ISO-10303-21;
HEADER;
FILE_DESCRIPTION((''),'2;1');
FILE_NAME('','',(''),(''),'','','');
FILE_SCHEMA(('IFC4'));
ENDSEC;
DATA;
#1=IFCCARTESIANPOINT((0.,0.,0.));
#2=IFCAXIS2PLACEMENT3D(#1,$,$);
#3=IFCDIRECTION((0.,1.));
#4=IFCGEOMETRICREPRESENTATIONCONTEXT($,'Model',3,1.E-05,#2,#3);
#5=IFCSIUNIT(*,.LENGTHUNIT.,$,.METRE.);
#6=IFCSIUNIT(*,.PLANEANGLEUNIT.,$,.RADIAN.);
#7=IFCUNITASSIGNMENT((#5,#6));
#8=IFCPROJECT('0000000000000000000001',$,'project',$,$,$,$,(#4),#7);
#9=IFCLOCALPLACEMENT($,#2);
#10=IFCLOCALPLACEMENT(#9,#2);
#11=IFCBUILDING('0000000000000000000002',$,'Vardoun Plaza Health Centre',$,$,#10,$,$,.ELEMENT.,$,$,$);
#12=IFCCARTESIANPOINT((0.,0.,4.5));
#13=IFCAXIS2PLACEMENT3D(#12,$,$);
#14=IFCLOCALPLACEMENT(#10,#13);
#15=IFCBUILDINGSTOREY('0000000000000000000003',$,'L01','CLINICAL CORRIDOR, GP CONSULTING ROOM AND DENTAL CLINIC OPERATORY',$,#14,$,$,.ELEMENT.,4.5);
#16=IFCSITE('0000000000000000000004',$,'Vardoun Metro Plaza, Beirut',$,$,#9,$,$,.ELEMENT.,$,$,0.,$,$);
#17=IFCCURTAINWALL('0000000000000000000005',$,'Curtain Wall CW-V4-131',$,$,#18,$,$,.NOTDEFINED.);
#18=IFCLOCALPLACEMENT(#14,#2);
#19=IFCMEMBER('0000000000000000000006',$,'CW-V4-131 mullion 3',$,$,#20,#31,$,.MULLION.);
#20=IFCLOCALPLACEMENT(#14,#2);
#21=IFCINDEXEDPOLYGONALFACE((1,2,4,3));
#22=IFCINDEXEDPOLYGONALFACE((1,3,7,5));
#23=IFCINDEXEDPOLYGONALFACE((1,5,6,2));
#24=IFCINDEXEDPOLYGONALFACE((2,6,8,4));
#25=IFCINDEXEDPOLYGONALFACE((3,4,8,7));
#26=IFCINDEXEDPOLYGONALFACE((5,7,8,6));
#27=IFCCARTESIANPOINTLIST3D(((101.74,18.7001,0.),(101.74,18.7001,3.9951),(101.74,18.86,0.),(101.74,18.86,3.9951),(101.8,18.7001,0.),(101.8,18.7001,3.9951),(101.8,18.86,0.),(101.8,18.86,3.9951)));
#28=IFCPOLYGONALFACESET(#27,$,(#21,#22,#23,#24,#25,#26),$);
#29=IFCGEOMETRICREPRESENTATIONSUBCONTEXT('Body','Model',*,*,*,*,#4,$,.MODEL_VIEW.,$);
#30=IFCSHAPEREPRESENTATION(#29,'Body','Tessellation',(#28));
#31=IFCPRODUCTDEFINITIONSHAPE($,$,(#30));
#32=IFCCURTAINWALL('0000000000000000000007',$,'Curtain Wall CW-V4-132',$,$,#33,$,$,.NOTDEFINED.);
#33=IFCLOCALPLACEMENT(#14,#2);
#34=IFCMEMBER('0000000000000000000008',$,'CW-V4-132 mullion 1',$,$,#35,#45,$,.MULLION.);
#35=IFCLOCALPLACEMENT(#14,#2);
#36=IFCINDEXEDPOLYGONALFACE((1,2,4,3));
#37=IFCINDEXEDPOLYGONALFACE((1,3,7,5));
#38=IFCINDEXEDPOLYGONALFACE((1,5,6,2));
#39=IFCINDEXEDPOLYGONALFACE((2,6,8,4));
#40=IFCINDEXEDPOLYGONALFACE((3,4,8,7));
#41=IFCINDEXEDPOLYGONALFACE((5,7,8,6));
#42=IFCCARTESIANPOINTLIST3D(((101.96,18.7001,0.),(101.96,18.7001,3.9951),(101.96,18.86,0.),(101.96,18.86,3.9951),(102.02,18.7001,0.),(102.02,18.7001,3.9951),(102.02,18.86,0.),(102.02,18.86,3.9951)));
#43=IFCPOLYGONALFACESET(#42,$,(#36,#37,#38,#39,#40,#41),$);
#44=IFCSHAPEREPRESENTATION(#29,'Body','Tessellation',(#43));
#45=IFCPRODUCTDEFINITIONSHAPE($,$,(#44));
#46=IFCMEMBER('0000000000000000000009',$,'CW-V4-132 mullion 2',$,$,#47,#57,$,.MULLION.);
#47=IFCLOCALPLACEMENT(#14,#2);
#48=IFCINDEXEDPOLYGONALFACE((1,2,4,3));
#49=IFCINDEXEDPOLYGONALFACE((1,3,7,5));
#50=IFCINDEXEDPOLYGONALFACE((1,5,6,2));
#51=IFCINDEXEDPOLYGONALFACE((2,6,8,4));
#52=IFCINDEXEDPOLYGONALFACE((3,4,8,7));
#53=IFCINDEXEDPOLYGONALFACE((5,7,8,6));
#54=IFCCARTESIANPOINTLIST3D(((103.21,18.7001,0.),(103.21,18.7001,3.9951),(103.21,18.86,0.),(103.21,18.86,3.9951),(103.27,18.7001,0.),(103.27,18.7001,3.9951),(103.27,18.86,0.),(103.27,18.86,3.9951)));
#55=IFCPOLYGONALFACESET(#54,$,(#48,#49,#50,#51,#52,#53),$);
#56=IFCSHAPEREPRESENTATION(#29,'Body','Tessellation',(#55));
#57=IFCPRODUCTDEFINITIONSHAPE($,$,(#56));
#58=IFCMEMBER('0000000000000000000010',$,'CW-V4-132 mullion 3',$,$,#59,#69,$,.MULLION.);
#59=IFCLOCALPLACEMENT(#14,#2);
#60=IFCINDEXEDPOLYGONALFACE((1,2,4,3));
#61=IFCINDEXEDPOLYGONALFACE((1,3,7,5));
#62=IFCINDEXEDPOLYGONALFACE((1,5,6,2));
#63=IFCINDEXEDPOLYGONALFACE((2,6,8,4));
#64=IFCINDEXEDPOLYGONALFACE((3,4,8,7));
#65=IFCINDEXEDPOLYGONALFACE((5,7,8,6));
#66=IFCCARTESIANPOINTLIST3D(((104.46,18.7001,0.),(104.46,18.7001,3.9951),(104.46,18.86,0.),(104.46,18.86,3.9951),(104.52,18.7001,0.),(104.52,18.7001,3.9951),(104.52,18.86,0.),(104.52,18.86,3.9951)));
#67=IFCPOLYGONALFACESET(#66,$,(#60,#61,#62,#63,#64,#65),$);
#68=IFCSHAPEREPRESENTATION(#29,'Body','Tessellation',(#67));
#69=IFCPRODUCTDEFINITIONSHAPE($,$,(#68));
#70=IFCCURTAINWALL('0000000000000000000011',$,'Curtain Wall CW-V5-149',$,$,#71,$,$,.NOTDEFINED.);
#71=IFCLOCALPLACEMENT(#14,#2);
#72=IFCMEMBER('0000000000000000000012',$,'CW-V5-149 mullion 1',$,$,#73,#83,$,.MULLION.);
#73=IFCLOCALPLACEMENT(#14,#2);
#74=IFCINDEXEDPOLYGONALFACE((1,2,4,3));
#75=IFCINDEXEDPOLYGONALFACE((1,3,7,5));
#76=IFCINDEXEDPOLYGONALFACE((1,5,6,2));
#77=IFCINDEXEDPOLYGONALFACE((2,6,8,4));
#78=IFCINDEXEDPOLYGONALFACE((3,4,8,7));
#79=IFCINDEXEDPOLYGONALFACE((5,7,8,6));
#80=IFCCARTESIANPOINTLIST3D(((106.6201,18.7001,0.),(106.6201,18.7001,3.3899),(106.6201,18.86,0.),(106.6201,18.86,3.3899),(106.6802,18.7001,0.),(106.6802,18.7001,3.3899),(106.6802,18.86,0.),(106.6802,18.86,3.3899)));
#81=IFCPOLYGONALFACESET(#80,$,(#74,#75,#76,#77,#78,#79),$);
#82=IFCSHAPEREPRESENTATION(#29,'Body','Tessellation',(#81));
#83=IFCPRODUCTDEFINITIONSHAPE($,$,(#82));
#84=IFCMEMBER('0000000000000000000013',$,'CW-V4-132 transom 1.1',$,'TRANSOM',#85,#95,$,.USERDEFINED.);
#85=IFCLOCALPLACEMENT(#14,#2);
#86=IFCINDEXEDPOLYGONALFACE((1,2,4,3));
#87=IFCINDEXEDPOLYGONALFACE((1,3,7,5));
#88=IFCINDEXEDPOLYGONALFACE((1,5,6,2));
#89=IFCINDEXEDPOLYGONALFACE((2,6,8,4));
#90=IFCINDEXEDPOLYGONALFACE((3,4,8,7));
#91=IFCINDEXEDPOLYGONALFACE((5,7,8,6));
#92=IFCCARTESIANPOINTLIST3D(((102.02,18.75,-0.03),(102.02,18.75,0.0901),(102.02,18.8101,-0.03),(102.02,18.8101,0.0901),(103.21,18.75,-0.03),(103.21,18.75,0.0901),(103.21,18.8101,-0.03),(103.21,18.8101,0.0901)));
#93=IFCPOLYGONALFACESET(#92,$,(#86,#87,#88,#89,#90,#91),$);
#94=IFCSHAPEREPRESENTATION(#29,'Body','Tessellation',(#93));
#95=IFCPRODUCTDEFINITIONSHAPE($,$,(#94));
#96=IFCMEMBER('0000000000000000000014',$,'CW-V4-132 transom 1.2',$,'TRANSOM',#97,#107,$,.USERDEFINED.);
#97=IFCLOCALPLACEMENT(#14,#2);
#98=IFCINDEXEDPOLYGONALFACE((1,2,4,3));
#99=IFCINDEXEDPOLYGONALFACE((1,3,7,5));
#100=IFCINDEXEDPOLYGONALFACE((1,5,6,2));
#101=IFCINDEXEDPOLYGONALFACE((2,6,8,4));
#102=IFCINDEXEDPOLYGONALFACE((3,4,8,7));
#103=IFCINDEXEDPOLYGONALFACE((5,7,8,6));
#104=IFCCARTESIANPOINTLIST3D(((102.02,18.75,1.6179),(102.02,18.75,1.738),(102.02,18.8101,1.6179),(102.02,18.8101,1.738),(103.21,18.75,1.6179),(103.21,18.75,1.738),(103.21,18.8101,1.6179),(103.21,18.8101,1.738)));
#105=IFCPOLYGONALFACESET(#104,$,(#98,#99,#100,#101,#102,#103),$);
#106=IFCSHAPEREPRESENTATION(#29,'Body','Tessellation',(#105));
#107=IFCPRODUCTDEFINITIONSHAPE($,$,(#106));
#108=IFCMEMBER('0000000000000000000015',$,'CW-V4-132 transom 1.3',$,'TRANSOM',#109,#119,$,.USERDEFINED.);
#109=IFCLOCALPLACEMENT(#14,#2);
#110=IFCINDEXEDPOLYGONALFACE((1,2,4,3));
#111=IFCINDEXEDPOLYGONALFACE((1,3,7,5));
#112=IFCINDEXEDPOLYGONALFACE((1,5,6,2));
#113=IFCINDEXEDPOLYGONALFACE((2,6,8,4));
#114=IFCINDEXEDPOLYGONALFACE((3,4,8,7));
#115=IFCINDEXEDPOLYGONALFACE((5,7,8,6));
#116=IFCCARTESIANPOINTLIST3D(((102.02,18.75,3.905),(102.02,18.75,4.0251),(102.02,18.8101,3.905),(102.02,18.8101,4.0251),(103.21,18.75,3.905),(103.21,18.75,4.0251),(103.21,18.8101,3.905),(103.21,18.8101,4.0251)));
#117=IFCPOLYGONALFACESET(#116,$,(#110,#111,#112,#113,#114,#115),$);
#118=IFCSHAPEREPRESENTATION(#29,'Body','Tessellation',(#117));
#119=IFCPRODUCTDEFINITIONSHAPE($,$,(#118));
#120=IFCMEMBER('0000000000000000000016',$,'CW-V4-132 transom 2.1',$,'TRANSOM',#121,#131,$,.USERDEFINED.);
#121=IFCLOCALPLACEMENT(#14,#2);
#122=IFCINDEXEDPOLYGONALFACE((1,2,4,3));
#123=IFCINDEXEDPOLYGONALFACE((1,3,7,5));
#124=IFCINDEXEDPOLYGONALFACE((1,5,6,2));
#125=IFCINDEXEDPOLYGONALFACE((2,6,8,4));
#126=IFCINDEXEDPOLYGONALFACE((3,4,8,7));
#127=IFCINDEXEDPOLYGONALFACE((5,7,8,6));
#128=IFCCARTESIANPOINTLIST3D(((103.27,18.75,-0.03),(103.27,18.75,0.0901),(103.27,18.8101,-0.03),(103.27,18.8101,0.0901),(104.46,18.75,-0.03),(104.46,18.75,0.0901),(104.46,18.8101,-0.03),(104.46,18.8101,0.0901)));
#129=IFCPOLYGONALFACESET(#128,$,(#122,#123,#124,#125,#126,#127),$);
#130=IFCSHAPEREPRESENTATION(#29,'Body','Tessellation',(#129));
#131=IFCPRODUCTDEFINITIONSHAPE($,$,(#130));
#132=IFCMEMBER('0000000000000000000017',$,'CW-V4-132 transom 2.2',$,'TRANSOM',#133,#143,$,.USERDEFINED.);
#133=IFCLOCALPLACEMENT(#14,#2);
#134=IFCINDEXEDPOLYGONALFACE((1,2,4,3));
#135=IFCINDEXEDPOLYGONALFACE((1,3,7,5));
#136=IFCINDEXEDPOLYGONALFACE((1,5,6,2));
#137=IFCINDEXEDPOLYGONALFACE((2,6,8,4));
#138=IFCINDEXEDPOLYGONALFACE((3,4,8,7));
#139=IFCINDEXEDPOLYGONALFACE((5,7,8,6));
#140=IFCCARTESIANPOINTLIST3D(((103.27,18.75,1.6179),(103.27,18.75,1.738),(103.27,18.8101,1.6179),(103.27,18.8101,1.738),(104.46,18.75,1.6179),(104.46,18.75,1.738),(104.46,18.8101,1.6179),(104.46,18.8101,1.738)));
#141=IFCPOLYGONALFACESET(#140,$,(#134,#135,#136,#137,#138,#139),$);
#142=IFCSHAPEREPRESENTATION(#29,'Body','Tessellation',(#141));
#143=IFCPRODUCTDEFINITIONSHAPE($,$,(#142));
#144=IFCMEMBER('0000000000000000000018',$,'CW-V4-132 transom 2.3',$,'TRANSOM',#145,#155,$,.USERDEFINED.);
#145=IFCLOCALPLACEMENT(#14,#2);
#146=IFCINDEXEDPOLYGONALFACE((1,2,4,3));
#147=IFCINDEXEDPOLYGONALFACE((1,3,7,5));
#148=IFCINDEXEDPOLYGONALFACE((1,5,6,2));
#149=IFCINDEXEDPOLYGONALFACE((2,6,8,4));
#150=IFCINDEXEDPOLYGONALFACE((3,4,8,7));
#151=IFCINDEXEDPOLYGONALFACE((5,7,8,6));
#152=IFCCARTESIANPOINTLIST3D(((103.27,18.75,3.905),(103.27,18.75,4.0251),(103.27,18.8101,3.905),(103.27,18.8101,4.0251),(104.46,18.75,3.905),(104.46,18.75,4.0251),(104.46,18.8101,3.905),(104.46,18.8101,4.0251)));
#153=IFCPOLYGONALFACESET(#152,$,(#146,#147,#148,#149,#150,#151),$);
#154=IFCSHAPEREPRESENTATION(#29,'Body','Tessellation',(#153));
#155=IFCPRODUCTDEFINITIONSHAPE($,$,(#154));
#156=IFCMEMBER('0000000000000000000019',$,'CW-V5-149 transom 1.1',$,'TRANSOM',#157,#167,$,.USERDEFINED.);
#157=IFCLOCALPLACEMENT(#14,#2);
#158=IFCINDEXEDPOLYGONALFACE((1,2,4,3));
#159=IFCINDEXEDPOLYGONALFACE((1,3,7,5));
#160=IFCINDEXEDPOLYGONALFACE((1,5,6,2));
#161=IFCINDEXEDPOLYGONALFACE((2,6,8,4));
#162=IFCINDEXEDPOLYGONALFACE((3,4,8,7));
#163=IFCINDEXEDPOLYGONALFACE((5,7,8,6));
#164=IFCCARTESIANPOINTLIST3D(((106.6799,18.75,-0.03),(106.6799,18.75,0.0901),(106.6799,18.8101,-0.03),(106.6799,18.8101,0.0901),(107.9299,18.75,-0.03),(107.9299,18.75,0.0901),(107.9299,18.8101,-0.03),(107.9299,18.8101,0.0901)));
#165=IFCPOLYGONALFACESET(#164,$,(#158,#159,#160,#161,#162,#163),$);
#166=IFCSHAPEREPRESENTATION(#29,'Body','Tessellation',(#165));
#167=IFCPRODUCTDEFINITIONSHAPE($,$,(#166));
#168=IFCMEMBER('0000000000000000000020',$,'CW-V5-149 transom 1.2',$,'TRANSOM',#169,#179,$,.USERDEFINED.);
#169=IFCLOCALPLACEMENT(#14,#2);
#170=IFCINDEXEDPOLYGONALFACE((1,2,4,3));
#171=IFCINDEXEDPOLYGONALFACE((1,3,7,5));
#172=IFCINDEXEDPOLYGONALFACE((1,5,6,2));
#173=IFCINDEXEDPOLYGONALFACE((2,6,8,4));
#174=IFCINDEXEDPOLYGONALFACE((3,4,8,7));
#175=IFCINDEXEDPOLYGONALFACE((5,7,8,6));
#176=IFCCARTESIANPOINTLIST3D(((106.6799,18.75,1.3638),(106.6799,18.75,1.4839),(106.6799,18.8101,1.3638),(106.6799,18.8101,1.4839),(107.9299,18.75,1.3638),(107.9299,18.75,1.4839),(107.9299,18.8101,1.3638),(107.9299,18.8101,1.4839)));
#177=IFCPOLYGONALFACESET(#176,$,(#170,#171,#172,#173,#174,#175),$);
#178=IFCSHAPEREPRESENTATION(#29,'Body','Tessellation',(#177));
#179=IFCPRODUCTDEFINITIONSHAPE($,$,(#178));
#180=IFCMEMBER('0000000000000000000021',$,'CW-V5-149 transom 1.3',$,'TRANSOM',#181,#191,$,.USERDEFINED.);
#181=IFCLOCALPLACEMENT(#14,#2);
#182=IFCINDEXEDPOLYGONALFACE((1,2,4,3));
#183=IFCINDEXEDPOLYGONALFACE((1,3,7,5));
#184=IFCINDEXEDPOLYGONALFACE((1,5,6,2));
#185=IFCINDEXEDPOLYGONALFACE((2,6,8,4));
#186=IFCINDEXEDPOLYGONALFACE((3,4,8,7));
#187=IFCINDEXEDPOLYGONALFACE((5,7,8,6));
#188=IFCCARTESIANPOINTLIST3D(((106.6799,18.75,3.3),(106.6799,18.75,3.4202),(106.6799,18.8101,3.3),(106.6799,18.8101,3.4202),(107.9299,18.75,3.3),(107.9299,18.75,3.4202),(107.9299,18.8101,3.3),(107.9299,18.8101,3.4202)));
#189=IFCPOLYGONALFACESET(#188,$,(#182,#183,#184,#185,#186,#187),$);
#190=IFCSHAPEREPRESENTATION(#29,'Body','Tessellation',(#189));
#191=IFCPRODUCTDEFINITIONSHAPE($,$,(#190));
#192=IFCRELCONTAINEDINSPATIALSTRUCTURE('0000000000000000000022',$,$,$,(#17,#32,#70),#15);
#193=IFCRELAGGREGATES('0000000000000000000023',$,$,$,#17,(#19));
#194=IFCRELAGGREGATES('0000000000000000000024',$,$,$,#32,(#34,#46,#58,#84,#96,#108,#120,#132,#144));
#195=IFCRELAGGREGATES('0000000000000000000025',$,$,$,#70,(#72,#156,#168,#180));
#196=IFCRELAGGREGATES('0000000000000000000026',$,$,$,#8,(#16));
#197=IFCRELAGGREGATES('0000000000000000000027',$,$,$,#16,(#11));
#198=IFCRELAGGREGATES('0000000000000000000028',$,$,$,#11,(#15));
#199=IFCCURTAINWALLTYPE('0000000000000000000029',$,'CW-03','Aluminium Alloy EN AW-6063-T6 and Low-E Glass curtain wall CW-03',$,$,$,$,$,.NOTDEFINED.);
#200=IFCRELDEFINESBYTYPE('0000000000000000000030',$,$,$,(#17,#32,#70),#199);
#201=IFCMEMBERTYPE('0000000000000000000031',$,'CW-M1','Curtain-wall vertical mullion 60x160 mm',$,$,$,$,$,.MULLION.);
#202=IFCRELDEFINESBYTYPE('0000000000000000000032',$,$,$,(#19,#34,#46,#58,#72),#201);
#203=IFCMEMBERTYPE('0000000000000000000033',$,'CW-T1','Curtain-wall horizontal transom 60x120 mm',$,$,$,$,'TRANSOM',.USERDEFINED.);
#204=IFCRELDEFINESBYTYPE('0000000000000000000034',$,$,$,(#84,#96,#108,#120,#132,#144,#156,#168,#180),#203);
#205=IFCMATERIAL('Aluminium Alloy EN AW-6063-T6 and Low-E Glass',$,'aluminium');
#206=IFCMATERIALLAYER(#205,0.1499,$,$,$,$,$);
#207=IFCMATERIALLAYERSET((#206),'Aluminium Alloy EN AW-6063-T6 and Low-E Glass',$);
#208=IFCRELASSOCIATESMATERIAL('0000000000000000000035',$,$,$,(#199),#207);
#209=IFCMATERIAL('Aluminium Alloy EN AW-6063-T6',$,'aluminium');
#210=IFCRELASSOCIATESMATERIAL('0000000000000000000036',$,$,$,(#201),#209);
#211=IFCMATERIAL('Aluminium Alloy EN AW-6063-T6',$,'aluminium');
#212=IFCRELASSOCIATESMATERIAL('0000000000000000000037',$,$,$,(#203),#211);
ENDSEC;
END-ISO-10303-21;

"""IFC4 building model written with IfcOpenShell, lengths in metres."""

from ifc_helpers import new_model, si_unit, direction, frame, origin, origin_2d, place, context, subcontext, project, spatial, rectangle, extrude, material, layer, layer_set, material_profile, profile_set, type_object, element, aggregate, save


model = new_model("IFC4")

# Units and contexts
model_context = context("Model", 3, precision=1e-05, world=origin(), true_north=direction((0.0, 1.0)))
body_context = subcontext(model_context, "Body", "Model", "MODEL_VIEW")
ifc_project = project(units=[si_unit("LENGTHUNIT", "METRE"), si_unit("PLANEANGLEUNIT", "RADIAN")], contexts=[model_context])

# Site, building, storey
site_placement = place(None, origin())
site = spatial("IfcSite", under=ifc_project, at=site_placement, Name="Vardoun Metro Plaza, Beirut", CompositionType="ELEMENT", RefElevation=0.0)
building_placement = place(site_placement, origin())
building = spatial("IfcBuilding", under=site, at=building_placement, Name="Vardoun Plaza Health Centre", CompositionType="ELEMENT")
storey_placement = place(building_placement, frame((0.0, 0.0, 4.5)))
storey = spatial("IfcBuildingStorey", under=building, at=storey_placement, Name="L01", Description="CLINICAL CORRIDOR, GP CONSULTING ROOM AND DENTAL CLINIC OPERATORY", CompositionType="ELEMENT", Elevation=4.5)

# Curtain wall, member
ifc_material_1 = material(Name="Aluminium Alloy EN AW-6063-T6 and Low-E Glass", Category="aluminium")
ifc_layer_1 = layer(ifc_material_1, 0.1499)
ifc_layer_set_1 = layer_set([ifc_layer_1], Name="Aluminium Alloy EN AW-6063-T6 and Low-E Glass")
curtain_wall_type = type_object("IfcCurtainWallType", Name="CW-03", Description="Aluminium Alloy EN AW-6063-T6 and Low-E Glass curtain wall CW-03", PredefinedType="NOTDEFINED", material=ifc_layer_set_1)
curtain_wall_1_placement = place(storey_placement, origin())
curtain_wall_1 = element("IfcCurtainWall", 1, at=curtain_wall_1_placement, inside=storey, type_object=curtain_wall_type, Name="Curtain Wall CW-V4-131", PredefinedType="NOTDEFINED")
ifc_material_2 = material(Name="Aluminium Alloy EN AW-6063-T6", Category="aluminium")
ifc_material_profile_1 = material_profile(ifc_material_2, rectangle(XDim=0.1599, YDim=0.0601, at=origin_2d()), Name="CWM 60x160")
ifc_profile_set_1 = profile_set([ifc_material_profile_1], Name="Aluminium Alloy EN AW-6063-T6")
member_type_1 = type_object("IfcMemberType", Name="CW-M1", Description="Curtain-wall vertical mullion 60x160 mm", PredefinedType="MULLION", material=ifc_profile_set_1)
member_1_placement = place(storey_placement, frame((101.77, 18.78, 0.0), z_axis=(0.0, 0.0, 1.0), x_axis=(0.0, 1.0, 0.0)))
member_1 = element("IfcMember", 2, at=member_1_placement, type_object=member_type_1, Name="CW-V4-131 mullion 3", PredefinedType="MULLION", context=body_context, shape_type="SweptSolid", body=[
    extrude(rectangle(XDim=0.1599, YDim=0.0601, at=origin_2d()), origin(), (0.0, 0.0, 1.0), 3.9951),
])

# Curtain wall, members
curtain_wall_2_placement = place(storey_placement, origin())
curtain_wall_2 = element("IfcCurtainWall", 3, at=curtain_wall_2_placement, inside=storey, type_object=curtain_wall_type, Name="Curtain Wall CW-V4-132", PredefinedType="NOTDEFINED")
member_2_placement = place(storey_placement, frame((101.99, 18.78, 0.0), z_axis=(0.0, 0.0, 1.0), x_axis=(0.0, 1.0, 0.0)))
member_2 = element("IfcMember", 4, at=member_2_placement, type_object=member_type_1, Name="CW-V4-132 mullion 1", PredefinedType="MULLION", context=body_context, shape_type="SweptSolid", body=[
    extrude(rectangle(XDim=0.1599, YDim=0.0601, at=origin_2d()), origin(), (0.0, 0.0, 1.0), 3.9951),
])
member_3_placement = place(storey_placement, frame((103.24, 18.78, 0.0), z_axis=(0.0, 0.0, 1.0), x_axis=(0.0, 1.0, 0.0)))
member_3 = element("IfcMember", 5, at=member_3_placement, type_object=member_type_1, Name="CW-V4-132 mullion 2", PredefinedType="MULLION", context=body_context, shape_type="SweptSolid", body=[
    extrude(rectangle(XDim=0.1599, YDim=0.0601, at=origin_2d()), origin(), (0.0, 0.0, 1.0), 3.9951),
])
member_4_placement = place(storey_placement, frame((104.49, 18.78, 0.0), z_axis=(0.0, 0.0, 1.0), x_axis=(0.0, 1.0, 0.0)))
member_4 = element("IfcMember", 6, at=member_4_placement, type_object=member_type_1, Name="CW-V4-132 mullion 3", PredefinedType="MULLION", context=body_context, shape_type="SweptSolid", body=[
    extrude(rectangle(XDim=0.1599, YDim=0.0601, at=origin_2d()), origin(), (0.0, 0.0, 1.0), 3.9951),
])

# Curtain wall, member
curtain_wall_3_placement = place(storey_placement, origin())
curtain_wall_3 = element("IfcCurtainWall", 7, at=curtain_wall_3_placement, inside=storey, type_object=curtain_wall_type, Name="Curtain Wall CW-V5-149", PredefinedType="NOTDEFINED")
member_5_placement = place(storey_placement, frame((106.6501, 18.78, 0.0), z_axis=(0.0, 0.0, 1.0), x_axis=(0.0, 1.0, 0.0)))
member_5 = element("IfcMember", 8, at=member_5_placement, type_object=member_type_1, Name="CW-V5-149 mullion 1", PredefinedType="MULLION", context=body_context, shape_type="SweptSolid", body=[
    extrude(rectangle(XDim=0.1599, YDim=0.0601, at=origin_2d()), origin(), (0.0, 0.0, 1.0), 3.3899),
])

# Members
ifc_material_3 = material(Name="Aluminium Alloy EN AW-6063-T6", Category="aluminium")
ifc_material_profile_2 = material_profile(ifc_material_3, rectangle(XDim=0.0601, YDim=0.1201, at=origin_2d()), Name="CWT 60x120")
ifc_profile_set_2 = profile_set([ifc_material_profile_2], Name="Aluminium Alloy EN AW-6063-T6")
member_type_2 = type_object("IfcMemberType", Name="CW-T1", Description="Curtain-wall horizontal transom 60x120 mm", ElementType="TRANSOM", PredefinedType="USERDEFINED", material=ifc_profile_set_2)
member_6_placement = place(storey_placement, frame((102.02, 18.78, 0.03), z_axis=(1.0, 0.0, 0.0), x_axis=(0.0, 1.0, 0.0)))
member_6 = element("IfcMember", 9, at=member_6_placement, type_object=member_type_2, Name="CW-V4-132 transom 1.1", ObjectType="TRANSOM", PredefinedType="USERDEFINED", context=body_context, shape_type="SweptSolid", body=[
    extrude(rectangle(XDim=0.0601, YDim=0.1201, at=origin_2d()), origin(), (0.0, 0.0, 1.0), 1.1899),
])
member_7_placement = place(storey_placement, frame((102.02, 18.78, 1.678), z_axis=(1.0, 0.0, 0.0), x_axis=(0.0, 1.0, 0.0)))
member_7 = element("IfcMember", 10, at=member_7_placement, type_object=member_type_2, Name="CW-V4-132 transom 1.2", ObjectType="TRANSOM", PredefinedType="USERDEFINED", context=body_context, shape_type="SweptSolid", body=[
    extrude(rectangle(XDim=0.0601, YDim=0.1201, at=origin_2d()), origin(), (0.0, 0.0, 1.0), 1.1899),
])
member_8_placement = place(storey_placement, frame((102.02, 18.78, 3.9651), z_axis=(1.0, 0.0, 0.0), x_axis=(0.0, 1.0, 0.0)))
member_8 = element("IfcMember", 11, at=member_8_placement, type_object=member_type_2, Name="CW-V4-132 transom 1.3", ObjectType="TRANSOM", PredefinedType="USERDEFINED", context=body_context, shape_type="SweptSolid", body=[
    extrude(rectangle(XDim=0.0601, YDim=0.1201, at=origin_2d()), origin(), (0.0, 0.0, 1.0), 1.1899),
])
member_9_placement = place(storey_placement, frame((103.27, 18.78, 0.03), z_axis=(1.0, 0.0, 0.0), x_axis=(0.0, 1.0, 0.0)))
member_9 = element("IfcMember", 12, at=member_9_placement, type_object=member_type_2, Name="CW-V4-132 transom 2.1", ObjectType="TRANSOM", PredefinedType="USERDEFINED", context=body_context, shape_type="SweptSolid", body=[
    extrude(rectangle(XDim=0.0601, YDim=0.1201, at=origin_2d()), origin(), (0.0, 0.0, 1.0), 1.1899),
])
member_10_placement = place(storey_placement, frame((103.27, 18.78, 1.678), z_axis=(1.0, 0.0, 0.0), x_axis=(0.0, 1.0, 0.0)))
member_10 = element("IfcMember", 13, at=member_10_placement, type_object=member_type_2, Name="CW-V4-132 transom 2.2", ObjectType="TRANSOM", PredefinedType="USERDEFINED", context=body_context, shape_type="SweptSolid", body=[
    extrude(rectangle(XDim=0.0601, YDim=0.1201, at=origin_2d()), origin(), (0.0, 0.0, 1.0), 1.1899),
])
member_11_placement = place(storey_placement, frame((103.27, 18.78, 3.9651), z_axis=(1.0, 0.0, 0.0), x_axis=(0.0, 1.0, 0.0)))
member_11 = element("IfcMember", 14, at=member_11_placement, type_object=member_type_2, Name="CW-V4-132 transom 2.3", ObjectType="TRANSOM", PredefinedType="USERDEFINED", context=body_context, shape_type="SweptSolid", body=[
    extrude(rectangle(XDim=0.0601, YDim=0.1201, at=origin_2d()), origin(), (0.0, 0.0, 1.0), 1.1899),
])
member_12_placement = place(storey_placement, frame((106.6799, 18.78, 0.03), z_axis=(1.0, 0.0, 0.0), x_axis=(0.0, 1.0, 0.0)))
member_12 = element("IfcMember", 15, at=member_12_placement, type_object=member_type_2, Name="CW-V5-149 transom 1.1", ObjectType="TRANSOM", PredefinedType="USERDEFINED", context=body_context, shape_type="SweptSolid", body=[
    extrude(rectangle(XDim=0.0601, YDim=0.1201, at=origin_2d()), origin(), (0.0, 0.0, 1.0), 1.25),
])
member_13_placement = place(storey_placement, frame((106.6799, 18.78, 1.4238), z_axis=(1.0, 0.0, 0.0), x_axis=(0.0, 1.0, 0.0)))
member_13 = element("IfcMember", 16, at=member_13_placement, type_object=member_type_2, Name="CW-V5-149 transom 1.2", ObjectType="TRANSOM", PredefinedType="USERDEFINED", context=body_context, shape_type="SweptSolid", body=[
    extrude(rectangle(XDim=0.0601, YDim=0.1201, at=origin_2d()), origin(), (0.0, 0.0, 1.0), 1.25),
])
member_14_placement = place(storey_placement, frame((106.6799, 18.78, 3.3601), z_axis=(1.0, 0.0, 0.0), x_axis=(0.0, 1.0, 0.0)))
member_14 = element("IfcMember", 17, at=member_14_placement, type_object=member_type_2, Name="CW-V5-149 transom 1.3", ObjectType="TRANSOM", PredefinedType="USERDEFINED", context=body_context, shape_type="SweptSolid", body=[
    extrude(rectangle(XDim=0.0601, YDim=0.1201, at=origin_2d()), origin(), (0.0, 0.0, 1.0), 1.25),
])

aggregate(curtain_wall_1, [member_1])
aggregate(curtain_wall_2, [member_2, member_3, member_4, member_6, member_7, member_8, member_9, member_10, member_11])
aggregate(curtain_wall_3, [member_5, member_12, member_13, member_14])

save(model, "model.ifc")
